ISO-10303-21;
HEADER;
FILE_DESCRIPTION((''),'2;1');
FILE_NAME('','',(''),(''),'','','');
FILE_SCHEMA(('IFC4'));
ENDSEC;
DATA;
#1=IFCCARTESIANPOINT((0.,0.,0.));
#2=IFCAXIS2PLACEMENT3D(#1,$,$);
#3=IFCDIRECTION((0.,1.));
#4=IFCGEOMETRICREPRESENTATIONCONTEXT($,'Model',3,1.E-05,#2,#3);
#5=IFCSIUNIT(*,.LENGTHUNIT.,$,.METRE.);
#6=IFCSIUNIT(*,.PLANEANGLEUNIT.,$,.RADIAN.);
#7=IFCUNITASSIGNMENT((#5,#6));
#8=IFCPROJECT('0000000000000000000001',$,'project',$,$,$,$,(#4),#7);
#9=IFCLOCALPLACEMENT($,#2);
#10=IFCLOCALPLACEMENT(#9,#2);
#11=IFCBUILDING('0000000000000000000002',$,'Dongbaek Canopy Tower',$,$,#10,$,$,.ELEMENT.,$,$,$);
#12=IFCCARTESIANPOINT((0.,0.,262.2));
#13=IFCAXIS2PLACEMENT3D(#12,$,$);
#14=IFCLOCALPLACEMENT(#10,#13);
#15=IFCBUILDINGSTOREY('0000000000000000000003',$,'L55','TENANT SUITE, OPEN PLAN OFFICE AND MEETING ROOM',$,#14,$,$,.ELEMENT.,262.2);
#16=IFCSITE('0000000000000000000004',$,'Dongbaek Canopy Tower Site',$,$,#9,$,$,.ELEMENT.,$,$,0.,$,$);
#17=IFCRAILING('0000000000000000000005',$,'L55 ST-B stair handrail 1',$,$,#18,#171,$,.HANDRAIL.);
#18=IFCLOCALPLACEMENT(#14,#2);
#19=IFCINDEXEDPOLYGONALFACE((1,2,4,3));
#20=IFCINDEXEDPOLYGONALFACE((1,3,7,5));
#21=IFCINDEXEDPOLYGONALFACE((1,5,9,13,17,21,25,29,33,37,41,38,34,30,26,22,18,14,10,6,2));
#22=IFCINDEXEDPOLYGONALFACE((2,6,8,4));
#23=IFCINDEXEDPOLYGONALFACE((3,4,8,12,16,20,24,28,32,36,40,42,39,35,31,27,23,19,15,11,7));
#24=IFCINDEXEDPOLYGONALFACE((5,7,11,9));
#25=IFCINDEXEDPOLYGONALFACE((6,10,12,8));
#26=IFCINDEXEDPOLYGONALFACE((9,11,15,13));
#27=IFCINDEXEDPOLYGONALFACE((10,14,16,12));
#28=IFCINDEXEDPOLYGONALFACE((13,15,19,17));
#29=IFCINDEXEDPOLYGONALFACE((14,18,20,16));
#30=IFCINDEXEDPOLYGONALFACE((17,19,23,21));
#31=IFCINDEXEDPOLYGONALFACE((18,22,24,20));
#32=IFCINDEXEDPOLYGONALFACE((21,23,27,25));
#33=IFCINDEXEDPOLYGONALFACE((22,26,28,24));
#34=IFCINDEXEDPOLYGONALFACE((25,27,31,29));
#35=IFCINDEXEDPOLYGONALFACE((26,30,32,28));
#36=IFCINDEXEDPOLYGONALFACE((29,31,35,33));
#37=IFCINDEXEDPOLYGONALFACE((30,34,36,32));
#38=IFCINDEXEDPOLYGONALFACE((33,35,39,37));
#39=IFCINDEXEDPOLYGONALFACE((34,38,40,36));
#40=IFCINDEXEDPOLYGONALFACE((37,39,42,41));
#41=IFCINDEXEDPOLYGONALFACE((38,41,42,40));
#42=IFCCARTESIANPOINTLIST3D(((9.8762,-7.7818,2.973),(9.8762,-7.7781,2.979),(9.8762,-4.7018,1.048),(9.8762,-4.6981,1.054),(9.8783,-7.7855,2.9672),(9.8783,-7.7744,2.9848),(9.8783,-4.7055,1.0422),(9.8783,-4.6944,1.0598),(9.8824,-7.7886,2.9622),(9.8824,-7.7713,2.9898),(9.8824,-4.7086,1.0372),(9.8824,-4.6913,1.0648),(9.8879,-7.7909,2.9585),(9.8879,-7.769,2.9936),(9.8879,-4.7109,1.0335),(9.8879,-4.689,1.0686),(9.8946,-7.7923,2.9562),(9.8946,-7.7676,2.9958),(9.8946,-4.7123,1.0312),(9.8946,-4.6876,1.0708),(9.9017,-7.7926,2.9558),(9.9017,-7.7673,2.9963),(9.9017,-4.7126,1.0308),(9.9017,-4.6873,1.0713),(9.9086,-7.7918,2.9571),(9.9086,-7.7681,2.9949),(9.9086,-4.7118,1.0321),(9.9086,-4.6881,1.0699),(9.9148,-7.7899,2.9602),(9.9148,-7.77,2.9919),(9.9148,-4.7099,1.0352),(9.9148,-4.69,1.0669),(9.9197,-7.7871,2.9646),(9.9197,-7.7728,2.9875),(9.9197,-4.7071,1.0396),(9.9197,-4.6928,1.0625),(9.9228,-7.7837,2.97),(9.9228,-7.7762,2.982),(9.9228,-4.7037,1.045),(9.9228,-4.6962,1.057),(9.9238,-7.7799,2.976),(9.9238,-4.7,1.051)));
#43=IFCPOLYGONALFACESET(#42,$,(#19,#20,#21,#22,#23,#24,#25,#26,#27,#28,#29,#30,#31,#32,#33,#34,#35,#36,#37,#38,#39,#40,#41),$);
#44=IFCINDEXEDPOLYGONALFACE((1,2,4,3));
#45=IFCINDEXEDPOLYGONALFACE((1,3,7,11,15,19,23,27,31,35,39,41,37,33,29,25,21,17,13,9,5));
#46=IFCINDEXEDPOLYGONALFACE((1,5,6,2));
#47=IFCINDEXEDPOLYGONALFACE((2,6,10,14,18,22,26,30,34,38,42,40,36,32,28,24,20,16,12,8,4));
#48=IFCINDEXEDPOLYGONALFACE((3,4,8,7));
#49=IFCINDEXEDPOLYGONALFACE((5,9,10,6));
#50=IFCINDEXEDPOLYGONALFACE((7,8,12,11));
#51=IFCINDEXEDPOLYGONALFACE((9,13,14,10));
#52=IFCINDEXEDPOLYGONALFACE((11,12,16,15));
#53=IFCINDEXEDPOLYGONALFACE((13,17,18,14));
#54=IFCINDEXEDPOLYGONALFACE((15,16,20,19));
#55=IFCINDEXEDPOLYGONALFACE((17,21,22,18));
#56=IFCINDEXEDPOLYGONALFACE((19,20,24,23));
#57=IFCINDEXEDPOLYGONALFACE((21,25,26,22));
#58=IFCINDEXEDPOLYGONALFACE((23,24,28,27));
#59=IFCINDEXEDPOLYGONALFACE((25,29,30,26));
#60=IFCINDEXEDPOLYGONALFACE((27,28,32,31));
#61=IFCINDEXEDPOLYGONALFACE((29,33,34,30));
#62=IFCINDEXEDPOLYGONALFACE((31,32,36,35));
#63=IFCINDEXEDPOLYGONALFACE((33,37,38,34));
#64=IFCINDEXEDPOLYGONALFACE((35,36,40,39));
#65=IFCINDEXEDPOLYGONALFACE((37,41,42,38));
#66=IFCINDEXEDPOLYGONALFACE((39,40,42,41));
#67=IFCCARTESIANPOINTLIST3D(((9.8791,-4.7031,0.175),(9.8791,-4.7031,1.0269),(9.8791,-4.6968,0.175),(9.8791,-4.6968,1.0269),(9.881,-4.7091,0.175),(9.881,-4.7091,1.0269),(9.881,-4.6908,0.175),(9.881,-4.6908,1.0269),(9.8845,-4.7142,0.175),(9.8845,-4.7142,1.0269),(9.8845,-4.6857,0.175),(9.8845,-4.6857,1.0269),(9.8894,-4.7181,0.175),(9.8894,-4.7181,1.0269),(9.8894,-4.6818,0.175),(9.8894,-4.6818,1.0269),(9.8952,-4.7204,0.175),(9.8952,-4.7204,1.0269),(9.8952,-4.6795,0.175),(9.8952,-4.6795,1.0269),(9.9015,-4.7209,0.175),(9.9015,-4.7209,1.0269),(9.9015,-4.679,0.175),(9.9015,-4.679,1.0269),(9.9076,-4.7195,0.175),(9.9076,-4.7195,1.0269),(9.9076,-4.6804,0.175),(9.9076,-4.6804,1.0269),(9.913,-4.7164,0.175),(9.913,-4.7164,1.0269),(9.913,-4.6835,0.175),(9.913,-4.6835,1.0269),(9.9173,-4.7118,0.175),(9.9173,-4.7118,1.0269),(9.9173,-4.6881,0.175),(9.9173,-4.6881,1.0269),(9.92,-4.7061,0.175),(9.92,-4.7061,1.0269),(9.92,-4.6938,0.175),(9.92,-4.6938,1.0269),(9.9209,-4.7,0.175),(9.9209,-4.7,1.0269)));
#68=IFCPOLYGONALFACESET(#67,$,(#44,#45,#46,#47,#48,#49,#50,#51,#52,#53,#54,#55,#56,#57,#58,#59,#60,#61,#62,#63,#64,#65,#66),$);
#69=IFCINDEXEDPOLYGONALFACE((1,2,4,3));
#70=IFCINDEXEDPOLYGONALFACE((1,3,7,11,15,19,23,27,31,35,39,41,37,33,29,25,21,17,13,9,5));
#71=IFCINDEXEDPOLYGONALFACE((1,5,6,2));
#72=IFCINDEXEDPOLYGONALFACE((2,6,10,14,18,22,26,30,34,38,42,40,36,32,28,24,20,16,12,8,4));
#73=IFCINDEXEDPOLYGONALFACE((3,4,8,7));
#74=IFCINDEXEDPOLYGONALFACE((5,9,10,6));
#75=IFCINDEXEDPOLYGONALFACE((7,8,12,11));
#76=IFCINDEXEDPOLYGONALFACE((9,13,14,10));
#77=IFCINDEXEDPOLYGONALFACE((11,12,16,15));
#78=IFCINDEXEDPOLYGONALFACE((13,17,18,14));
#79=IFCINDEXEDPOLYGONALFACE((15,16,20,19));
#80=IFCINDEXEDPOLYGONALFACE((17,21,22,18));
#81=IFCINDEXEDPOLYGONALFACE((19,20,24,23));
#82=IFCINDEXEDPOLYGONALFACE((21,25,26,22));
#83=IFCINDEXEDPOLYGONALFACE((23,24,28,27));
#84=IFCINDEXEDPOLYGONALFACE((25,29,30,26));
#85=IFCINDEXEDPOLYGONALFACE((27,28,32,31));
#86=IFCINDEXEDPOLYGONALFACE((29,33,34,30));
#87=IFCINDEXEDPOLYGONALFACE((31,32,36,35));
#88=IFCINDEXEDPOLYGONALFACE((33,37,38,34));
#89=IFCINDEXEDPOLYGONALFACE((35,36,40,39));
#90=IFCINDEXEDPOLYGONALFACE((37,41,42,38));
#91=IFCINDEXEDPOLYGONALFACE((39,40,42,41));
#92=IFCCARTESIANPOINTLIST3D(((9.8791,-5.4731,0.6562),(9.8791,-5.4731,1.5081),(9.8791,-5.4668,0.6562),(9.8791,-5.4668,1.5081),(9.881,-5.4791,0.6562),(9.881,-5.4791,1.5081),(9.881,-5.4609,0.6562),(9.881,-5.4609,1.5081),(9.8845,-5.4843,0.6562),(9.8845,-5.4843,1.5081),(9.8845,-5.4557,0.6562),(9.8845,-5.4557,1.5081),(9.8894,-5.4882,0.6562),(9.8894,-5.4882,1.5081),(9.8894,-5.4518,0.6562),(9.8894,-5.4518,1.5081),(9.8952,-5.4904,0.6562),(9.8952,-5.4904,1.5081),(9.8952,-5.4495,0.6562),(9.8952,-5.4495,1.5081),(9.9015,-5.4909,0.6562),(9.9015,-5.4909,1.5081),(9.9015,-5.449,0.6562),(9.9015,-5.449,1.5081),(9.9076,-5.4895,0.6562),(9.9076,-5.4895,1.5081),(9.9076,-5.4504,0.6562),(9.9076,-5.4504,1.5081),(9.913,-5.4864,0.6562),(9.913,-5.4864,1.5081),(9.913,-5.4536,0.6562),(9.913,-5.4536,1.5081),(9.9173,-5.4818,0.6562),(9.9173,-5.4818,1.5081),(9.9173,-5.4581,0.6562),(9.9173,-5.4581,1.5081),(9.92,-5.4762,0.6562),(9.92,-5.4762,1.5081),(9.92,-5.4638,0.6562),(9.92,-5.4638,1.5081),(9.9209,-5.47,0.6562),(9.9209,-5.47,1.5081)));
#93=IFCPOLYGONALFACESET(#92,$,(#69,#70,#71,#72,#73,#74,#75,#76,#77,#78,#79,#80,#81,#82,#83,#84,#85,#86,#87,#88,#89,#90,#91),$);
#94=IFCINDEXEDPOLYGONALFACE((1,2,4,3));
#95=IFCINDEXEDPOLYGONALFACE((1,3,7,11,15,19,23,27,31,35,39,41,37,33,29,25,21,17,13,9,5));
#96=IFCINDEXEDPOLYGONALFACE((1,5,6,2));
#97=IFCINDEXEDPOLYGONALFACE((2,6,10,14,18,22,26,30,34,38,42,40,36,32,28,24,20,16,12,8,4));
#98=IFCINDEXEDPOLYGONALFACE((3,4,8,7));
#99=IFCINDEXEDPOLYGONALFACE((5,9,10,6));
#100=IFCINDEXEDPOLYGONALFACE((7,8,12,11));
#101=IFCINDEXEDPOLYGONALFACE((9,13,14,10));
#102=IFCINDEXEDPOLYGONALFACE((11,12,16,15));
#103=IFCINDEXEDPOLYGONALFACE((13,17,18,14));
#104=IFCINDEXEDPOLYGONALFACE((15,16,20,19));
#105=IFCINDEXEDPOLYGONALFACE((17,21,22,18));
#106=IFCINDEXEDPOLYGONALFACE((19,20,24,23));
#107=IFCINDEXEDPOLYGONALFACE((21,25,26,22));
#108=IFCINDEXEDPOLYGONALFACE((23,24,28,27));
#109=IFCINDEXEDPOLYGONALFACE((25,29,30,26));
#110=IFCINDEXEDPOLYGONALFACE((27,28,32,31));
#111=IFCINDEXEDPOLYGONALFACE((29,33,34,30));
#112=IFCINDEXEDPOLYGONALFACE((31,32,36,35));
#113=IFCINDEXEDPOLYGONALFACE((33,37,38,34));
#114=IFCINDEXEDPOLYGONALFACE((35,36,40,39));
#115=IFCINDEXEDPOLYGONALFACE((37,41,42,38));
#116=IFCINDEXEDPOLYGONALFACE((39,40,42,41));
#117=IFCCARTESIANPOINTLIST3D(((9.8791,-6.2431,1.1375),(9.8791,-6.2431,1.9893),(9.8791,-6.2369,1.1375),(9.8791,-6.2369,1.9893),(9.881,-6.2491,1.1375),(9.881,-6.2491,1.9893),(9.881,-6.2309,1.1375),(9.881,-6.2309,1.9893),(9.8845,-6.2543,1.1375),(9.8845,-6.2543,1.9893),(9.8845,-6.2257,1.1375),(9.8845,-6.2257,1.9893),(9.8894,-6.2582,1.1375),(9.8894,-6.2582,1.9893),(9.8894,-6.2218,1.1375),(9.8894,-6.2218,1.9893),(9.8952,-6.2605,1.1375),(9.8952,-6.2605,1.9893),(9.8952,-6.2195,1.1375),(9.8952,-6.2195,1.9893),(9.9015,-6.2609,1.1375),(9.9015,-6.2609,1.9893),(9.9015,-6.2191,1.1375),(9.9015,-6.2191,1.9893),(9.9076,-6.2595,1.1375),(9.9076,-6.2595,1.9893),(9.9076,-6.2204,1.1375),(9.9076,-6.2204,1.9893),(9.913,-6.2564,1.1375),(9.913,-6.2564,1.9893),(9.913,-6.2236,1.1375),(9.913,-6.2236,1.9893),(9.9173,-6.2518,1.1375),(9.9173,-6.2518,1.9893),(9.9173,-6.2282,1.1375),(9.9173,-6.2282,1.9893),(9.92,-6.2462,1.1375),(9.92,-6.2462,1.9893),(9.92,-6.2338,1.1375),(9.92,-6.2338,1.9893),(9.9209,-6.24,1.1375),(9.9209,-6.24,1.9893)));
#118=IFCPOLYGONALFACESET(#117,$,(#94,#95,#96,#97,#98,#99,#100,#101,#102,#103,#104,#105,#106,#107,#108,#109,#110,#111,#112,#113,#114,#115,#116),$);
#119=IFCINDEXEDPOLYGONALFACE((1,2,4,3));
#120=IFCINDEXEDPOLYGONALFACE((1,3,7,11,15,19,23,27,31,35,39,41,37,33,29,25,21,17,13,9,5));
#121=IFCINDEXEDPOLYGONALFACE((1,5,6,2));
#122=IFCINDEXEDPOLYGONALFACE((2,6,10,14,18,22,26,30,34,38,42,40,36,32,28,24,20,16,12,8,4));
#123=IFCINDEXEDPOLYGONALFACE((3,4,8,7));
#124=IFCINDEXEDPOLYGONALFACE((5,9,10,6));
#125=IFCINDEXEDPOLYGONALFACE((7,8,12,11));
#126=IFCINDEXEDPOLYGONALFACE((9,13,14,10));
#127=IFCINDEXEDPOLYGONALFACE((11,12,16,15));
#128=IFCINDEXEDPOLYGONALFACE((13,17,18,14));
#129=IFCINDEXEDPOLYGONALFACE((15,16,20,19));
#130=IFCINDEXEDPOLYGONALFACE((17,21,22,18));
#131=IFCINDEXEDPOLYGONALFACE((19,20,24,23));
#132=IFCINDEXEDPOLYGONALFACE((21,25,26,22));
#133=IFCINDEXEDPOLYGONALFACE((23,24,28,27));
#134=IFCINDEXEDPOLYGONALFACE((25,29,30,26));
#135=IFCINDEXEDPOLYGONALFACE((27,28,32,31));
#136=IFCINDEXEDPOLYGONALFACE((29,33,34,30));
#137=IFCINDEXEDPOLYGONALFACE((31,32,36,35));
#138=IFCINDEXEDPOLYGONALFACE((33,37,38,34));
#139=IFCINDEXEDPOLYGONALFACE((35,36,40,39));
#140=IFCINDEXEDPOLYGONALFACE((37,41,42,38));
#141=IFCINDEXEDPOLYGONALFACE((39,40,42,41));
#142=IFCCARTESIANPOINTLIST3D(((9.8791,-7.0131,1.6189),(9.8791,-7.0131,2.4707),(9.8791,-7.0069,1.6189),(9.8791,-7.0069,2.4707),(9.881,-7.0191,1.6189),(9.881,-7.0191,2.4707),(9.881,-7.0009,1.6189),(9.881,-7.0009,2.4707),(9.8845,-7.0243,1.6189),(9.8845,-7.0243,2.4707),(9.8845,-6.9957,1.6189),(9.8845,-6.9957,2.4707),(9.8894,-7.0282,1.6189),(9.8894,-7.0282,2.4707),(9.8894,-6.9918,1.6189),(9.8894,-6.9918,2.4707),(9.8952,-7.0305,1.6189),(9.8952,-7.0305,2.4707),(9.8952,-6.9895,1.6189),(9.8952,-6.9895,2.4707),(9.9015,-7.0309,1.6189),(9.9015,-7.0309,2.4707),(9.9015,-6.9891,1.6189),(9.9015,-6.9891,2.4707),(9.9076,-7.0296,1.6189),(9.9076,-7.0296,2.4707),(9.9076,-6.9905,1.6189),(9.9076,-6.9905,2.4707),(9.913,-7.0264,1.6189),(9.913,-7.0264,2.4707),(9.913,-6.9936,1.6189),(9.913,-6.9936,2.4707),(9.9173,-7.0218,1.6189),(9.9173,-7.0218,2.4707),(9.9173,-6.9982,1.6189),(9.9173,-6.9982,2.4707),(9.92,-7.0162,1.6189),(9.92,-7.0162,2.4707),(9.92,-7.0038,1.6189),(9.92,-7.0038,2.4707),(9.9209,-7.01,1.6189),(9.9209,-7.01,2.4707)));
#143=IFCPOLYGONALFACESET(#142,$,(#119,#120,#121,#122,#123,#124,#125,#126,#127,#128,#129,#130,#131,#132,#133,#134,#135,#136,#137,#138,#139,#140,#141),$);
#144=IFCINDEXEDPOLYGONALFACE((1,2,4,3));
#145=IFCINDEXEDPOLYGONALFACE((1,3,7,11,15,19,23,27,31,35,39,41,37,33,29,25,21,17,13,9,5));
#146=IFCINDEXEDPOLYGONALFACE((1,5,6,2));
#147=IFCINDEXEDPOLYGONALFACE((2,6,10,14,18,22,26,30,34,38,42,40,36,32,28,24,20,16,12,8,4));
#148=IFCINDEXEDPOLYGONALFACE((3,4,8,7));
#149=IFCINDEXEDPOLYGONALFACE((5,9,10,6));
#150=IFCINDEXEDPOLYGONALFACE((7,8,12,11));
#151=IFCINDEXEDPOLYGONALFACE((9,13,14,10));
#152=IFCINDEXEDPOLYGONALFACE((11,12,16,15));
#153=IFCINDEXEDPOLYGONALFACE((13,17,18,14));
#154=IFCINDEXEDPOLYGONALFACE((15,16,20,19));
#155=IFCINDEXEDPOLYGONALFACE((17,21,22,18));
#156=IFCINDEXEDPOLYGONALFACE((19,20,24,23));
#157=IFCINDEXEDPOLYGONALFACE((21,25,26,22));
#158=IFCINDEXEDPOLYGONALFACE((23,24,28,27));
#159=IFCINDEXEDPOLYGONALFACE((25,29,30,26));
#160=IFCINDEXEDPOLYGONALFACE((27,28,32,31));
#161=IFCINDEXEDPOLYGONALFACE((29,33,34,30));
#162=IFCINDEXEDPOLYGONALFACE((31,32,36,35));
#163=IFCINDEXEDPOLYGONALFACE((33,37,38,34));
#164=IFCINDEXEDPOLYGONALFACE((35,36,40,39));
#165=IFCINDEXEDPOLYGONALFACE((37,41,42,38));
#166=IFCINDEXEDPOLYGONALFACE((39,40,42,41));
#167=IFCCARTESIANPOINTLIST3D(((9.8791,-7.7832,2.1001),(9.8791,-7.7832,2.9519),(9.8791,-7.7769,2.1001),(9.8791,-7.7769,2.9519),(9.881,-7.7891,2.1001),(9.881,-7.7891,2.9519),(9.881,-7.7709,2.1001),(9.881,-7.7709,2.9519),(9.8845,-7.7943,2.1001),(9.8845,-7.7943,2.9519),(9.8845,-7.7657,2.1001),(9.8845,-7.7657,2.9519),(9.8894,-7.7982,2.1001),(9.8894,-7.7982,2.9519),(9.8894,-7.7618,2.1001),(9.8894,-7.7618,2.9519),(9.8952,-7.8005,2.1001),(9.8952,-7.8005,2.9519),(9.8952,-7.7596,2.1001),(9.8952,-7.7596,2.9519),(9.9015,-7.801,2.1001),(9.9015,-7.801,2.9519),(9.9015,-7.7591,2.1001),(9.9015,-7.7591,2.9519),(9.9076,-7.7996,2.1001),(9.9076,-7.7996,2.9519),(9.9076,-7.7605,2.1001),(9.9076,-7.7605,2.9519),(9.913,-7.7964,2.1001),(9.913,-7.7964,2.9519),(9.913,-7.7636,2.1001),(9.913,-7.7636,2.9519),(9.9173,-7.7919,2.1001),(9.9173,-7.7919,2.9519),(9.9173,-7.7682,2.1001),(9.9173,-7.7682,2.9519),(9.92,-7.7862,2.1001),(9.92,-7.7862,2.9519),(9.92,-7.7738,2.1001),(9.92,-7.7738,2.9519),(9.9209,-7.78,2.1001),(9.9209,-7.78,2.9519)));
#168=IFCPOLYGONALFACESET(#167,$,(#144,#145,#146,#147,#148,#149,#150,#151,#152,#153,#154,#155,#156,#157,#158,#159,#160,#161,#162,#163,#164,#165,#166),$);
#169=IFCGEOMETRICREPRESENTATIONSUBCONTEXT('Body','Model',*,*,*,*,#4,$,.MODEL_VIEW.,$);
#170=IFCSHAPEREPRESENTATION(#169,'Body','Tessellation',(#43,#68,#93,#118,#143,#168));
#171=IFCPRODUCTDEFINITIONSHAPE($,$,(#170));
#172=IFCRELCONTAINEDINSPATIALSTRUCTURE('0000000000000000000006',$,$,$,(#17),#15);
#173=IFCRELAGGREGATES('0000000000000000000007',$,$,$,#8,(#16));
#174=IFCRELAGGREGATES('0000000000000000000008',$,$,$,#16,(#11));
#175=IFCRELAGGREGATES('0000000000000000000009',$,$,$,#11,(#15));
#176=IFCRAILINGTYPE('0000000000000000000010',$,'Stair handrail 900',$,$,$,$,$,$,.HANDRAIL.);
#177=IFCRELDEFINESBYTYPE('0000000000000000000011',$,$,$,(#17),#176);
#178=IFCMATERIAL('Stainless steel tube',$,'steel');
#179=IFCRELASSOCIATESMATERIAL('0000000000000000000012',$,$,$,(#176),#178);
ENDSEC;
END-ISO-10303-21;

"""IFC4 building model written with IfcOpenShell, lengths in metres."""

from ifc_helpers import new_model, si_unit, direction, frame, origin, origin_2d, place, context, subcontext, project, spatial, circle, extrude, material, type_object, element, save


model = new_model("IFC4")

# Units and contexts
model_context = context("Model", 3, precision=1e-05, world=origin(), true_north=direction((0.0, 1.0)))
body_context = subcontext(model_context, "Body", "Model", "MODEL_VIEW")
ifc_project = project(units=[si_unit("LENGTHUNIT", "METRE"), si_unit("PLANEANGLEUNIT", "RADIAN")], contexts=[model_context])

# Site, building, storey
site_placement = place(None, origin())
site = spatial("IfcSite", under=ifc_project, at=site_placement, Name="Dongbaek Canopy Tower Site", CompositionType="ELEMENT", RefElevation=0.0)
building_placement = place(site_placement, origin())
building = spatial("IfcBuilding", under=site, at=building_placement, Name="Dongbaek Canopy Tower", CompositionType="ELEMENT")
storey_placement = place(building_placement, frame((0.0, 0.0, 262.2)))
storey = spatial("IfcBuildingStorey", under=building, at=storey_placement, Name="L55", Description="TENANT SUITE, OPEN PLAN OFFICE AND MEETING ROOM", CompositionType="ELEMENT", Elevation=262.2)

# Railing
ifc_material_1 = material(Name="Stainless steel tube", Category="steel")
railing_type = type_object("IfcRailingType", Name="Stair handrail 900", PredefinedType="HANDRAIL", material=ifc_material_1)
railing_placement = place(storey_placement, frame((9.8999, -4.7, 0.175)))
element("IfcRailing", 1, at=railing_placement, inside=storey, type_object=railing_type, Name="L55 ST-B stair handrail 1", PredefinedType="HANDRAIL", context=body_context, shape_type="SweptSolid", body=[
    extrude(circle(Radius=0.0239, at=origin_2d()), frame((0.0, 0.0, 0.876), z_axis=(0.0, -0.847998, 0.529999), x_axis=(1.0, 0.0, 0.0)), (0.0, 0.0, 1.0), 3.6321),
    extrude(circle(Radius=0.021, at=origin_2d()), origin(), (0.0, 0.0, 1.0), 0.8518),
    extrude(circle(Radius=0.021, at=origin_2d()), frame((0.0, -0.77, 0.4812)), (0.0, 0.0, 1.0), 0.8518),
    extrude(circle(Radius=0.021, at=origin_2d()), frame((0.0, -1.54, 0.9624)), (0.0, 0.0, 1.0), 0.8518),
    extrude(circle(Radius=0.021, at=origin_2d()), frame((0.0, -2.3101, 1.4438)), (0.0, 0.0, 1.0), 0.8518),
    extrude(circle(Radius=0.021, at=origin_2d()), frame((0.0, -3.0801, 1.925)), (0.0, 0.0, 1.0), 0.8518),
])

save(model, "model.ifc")
